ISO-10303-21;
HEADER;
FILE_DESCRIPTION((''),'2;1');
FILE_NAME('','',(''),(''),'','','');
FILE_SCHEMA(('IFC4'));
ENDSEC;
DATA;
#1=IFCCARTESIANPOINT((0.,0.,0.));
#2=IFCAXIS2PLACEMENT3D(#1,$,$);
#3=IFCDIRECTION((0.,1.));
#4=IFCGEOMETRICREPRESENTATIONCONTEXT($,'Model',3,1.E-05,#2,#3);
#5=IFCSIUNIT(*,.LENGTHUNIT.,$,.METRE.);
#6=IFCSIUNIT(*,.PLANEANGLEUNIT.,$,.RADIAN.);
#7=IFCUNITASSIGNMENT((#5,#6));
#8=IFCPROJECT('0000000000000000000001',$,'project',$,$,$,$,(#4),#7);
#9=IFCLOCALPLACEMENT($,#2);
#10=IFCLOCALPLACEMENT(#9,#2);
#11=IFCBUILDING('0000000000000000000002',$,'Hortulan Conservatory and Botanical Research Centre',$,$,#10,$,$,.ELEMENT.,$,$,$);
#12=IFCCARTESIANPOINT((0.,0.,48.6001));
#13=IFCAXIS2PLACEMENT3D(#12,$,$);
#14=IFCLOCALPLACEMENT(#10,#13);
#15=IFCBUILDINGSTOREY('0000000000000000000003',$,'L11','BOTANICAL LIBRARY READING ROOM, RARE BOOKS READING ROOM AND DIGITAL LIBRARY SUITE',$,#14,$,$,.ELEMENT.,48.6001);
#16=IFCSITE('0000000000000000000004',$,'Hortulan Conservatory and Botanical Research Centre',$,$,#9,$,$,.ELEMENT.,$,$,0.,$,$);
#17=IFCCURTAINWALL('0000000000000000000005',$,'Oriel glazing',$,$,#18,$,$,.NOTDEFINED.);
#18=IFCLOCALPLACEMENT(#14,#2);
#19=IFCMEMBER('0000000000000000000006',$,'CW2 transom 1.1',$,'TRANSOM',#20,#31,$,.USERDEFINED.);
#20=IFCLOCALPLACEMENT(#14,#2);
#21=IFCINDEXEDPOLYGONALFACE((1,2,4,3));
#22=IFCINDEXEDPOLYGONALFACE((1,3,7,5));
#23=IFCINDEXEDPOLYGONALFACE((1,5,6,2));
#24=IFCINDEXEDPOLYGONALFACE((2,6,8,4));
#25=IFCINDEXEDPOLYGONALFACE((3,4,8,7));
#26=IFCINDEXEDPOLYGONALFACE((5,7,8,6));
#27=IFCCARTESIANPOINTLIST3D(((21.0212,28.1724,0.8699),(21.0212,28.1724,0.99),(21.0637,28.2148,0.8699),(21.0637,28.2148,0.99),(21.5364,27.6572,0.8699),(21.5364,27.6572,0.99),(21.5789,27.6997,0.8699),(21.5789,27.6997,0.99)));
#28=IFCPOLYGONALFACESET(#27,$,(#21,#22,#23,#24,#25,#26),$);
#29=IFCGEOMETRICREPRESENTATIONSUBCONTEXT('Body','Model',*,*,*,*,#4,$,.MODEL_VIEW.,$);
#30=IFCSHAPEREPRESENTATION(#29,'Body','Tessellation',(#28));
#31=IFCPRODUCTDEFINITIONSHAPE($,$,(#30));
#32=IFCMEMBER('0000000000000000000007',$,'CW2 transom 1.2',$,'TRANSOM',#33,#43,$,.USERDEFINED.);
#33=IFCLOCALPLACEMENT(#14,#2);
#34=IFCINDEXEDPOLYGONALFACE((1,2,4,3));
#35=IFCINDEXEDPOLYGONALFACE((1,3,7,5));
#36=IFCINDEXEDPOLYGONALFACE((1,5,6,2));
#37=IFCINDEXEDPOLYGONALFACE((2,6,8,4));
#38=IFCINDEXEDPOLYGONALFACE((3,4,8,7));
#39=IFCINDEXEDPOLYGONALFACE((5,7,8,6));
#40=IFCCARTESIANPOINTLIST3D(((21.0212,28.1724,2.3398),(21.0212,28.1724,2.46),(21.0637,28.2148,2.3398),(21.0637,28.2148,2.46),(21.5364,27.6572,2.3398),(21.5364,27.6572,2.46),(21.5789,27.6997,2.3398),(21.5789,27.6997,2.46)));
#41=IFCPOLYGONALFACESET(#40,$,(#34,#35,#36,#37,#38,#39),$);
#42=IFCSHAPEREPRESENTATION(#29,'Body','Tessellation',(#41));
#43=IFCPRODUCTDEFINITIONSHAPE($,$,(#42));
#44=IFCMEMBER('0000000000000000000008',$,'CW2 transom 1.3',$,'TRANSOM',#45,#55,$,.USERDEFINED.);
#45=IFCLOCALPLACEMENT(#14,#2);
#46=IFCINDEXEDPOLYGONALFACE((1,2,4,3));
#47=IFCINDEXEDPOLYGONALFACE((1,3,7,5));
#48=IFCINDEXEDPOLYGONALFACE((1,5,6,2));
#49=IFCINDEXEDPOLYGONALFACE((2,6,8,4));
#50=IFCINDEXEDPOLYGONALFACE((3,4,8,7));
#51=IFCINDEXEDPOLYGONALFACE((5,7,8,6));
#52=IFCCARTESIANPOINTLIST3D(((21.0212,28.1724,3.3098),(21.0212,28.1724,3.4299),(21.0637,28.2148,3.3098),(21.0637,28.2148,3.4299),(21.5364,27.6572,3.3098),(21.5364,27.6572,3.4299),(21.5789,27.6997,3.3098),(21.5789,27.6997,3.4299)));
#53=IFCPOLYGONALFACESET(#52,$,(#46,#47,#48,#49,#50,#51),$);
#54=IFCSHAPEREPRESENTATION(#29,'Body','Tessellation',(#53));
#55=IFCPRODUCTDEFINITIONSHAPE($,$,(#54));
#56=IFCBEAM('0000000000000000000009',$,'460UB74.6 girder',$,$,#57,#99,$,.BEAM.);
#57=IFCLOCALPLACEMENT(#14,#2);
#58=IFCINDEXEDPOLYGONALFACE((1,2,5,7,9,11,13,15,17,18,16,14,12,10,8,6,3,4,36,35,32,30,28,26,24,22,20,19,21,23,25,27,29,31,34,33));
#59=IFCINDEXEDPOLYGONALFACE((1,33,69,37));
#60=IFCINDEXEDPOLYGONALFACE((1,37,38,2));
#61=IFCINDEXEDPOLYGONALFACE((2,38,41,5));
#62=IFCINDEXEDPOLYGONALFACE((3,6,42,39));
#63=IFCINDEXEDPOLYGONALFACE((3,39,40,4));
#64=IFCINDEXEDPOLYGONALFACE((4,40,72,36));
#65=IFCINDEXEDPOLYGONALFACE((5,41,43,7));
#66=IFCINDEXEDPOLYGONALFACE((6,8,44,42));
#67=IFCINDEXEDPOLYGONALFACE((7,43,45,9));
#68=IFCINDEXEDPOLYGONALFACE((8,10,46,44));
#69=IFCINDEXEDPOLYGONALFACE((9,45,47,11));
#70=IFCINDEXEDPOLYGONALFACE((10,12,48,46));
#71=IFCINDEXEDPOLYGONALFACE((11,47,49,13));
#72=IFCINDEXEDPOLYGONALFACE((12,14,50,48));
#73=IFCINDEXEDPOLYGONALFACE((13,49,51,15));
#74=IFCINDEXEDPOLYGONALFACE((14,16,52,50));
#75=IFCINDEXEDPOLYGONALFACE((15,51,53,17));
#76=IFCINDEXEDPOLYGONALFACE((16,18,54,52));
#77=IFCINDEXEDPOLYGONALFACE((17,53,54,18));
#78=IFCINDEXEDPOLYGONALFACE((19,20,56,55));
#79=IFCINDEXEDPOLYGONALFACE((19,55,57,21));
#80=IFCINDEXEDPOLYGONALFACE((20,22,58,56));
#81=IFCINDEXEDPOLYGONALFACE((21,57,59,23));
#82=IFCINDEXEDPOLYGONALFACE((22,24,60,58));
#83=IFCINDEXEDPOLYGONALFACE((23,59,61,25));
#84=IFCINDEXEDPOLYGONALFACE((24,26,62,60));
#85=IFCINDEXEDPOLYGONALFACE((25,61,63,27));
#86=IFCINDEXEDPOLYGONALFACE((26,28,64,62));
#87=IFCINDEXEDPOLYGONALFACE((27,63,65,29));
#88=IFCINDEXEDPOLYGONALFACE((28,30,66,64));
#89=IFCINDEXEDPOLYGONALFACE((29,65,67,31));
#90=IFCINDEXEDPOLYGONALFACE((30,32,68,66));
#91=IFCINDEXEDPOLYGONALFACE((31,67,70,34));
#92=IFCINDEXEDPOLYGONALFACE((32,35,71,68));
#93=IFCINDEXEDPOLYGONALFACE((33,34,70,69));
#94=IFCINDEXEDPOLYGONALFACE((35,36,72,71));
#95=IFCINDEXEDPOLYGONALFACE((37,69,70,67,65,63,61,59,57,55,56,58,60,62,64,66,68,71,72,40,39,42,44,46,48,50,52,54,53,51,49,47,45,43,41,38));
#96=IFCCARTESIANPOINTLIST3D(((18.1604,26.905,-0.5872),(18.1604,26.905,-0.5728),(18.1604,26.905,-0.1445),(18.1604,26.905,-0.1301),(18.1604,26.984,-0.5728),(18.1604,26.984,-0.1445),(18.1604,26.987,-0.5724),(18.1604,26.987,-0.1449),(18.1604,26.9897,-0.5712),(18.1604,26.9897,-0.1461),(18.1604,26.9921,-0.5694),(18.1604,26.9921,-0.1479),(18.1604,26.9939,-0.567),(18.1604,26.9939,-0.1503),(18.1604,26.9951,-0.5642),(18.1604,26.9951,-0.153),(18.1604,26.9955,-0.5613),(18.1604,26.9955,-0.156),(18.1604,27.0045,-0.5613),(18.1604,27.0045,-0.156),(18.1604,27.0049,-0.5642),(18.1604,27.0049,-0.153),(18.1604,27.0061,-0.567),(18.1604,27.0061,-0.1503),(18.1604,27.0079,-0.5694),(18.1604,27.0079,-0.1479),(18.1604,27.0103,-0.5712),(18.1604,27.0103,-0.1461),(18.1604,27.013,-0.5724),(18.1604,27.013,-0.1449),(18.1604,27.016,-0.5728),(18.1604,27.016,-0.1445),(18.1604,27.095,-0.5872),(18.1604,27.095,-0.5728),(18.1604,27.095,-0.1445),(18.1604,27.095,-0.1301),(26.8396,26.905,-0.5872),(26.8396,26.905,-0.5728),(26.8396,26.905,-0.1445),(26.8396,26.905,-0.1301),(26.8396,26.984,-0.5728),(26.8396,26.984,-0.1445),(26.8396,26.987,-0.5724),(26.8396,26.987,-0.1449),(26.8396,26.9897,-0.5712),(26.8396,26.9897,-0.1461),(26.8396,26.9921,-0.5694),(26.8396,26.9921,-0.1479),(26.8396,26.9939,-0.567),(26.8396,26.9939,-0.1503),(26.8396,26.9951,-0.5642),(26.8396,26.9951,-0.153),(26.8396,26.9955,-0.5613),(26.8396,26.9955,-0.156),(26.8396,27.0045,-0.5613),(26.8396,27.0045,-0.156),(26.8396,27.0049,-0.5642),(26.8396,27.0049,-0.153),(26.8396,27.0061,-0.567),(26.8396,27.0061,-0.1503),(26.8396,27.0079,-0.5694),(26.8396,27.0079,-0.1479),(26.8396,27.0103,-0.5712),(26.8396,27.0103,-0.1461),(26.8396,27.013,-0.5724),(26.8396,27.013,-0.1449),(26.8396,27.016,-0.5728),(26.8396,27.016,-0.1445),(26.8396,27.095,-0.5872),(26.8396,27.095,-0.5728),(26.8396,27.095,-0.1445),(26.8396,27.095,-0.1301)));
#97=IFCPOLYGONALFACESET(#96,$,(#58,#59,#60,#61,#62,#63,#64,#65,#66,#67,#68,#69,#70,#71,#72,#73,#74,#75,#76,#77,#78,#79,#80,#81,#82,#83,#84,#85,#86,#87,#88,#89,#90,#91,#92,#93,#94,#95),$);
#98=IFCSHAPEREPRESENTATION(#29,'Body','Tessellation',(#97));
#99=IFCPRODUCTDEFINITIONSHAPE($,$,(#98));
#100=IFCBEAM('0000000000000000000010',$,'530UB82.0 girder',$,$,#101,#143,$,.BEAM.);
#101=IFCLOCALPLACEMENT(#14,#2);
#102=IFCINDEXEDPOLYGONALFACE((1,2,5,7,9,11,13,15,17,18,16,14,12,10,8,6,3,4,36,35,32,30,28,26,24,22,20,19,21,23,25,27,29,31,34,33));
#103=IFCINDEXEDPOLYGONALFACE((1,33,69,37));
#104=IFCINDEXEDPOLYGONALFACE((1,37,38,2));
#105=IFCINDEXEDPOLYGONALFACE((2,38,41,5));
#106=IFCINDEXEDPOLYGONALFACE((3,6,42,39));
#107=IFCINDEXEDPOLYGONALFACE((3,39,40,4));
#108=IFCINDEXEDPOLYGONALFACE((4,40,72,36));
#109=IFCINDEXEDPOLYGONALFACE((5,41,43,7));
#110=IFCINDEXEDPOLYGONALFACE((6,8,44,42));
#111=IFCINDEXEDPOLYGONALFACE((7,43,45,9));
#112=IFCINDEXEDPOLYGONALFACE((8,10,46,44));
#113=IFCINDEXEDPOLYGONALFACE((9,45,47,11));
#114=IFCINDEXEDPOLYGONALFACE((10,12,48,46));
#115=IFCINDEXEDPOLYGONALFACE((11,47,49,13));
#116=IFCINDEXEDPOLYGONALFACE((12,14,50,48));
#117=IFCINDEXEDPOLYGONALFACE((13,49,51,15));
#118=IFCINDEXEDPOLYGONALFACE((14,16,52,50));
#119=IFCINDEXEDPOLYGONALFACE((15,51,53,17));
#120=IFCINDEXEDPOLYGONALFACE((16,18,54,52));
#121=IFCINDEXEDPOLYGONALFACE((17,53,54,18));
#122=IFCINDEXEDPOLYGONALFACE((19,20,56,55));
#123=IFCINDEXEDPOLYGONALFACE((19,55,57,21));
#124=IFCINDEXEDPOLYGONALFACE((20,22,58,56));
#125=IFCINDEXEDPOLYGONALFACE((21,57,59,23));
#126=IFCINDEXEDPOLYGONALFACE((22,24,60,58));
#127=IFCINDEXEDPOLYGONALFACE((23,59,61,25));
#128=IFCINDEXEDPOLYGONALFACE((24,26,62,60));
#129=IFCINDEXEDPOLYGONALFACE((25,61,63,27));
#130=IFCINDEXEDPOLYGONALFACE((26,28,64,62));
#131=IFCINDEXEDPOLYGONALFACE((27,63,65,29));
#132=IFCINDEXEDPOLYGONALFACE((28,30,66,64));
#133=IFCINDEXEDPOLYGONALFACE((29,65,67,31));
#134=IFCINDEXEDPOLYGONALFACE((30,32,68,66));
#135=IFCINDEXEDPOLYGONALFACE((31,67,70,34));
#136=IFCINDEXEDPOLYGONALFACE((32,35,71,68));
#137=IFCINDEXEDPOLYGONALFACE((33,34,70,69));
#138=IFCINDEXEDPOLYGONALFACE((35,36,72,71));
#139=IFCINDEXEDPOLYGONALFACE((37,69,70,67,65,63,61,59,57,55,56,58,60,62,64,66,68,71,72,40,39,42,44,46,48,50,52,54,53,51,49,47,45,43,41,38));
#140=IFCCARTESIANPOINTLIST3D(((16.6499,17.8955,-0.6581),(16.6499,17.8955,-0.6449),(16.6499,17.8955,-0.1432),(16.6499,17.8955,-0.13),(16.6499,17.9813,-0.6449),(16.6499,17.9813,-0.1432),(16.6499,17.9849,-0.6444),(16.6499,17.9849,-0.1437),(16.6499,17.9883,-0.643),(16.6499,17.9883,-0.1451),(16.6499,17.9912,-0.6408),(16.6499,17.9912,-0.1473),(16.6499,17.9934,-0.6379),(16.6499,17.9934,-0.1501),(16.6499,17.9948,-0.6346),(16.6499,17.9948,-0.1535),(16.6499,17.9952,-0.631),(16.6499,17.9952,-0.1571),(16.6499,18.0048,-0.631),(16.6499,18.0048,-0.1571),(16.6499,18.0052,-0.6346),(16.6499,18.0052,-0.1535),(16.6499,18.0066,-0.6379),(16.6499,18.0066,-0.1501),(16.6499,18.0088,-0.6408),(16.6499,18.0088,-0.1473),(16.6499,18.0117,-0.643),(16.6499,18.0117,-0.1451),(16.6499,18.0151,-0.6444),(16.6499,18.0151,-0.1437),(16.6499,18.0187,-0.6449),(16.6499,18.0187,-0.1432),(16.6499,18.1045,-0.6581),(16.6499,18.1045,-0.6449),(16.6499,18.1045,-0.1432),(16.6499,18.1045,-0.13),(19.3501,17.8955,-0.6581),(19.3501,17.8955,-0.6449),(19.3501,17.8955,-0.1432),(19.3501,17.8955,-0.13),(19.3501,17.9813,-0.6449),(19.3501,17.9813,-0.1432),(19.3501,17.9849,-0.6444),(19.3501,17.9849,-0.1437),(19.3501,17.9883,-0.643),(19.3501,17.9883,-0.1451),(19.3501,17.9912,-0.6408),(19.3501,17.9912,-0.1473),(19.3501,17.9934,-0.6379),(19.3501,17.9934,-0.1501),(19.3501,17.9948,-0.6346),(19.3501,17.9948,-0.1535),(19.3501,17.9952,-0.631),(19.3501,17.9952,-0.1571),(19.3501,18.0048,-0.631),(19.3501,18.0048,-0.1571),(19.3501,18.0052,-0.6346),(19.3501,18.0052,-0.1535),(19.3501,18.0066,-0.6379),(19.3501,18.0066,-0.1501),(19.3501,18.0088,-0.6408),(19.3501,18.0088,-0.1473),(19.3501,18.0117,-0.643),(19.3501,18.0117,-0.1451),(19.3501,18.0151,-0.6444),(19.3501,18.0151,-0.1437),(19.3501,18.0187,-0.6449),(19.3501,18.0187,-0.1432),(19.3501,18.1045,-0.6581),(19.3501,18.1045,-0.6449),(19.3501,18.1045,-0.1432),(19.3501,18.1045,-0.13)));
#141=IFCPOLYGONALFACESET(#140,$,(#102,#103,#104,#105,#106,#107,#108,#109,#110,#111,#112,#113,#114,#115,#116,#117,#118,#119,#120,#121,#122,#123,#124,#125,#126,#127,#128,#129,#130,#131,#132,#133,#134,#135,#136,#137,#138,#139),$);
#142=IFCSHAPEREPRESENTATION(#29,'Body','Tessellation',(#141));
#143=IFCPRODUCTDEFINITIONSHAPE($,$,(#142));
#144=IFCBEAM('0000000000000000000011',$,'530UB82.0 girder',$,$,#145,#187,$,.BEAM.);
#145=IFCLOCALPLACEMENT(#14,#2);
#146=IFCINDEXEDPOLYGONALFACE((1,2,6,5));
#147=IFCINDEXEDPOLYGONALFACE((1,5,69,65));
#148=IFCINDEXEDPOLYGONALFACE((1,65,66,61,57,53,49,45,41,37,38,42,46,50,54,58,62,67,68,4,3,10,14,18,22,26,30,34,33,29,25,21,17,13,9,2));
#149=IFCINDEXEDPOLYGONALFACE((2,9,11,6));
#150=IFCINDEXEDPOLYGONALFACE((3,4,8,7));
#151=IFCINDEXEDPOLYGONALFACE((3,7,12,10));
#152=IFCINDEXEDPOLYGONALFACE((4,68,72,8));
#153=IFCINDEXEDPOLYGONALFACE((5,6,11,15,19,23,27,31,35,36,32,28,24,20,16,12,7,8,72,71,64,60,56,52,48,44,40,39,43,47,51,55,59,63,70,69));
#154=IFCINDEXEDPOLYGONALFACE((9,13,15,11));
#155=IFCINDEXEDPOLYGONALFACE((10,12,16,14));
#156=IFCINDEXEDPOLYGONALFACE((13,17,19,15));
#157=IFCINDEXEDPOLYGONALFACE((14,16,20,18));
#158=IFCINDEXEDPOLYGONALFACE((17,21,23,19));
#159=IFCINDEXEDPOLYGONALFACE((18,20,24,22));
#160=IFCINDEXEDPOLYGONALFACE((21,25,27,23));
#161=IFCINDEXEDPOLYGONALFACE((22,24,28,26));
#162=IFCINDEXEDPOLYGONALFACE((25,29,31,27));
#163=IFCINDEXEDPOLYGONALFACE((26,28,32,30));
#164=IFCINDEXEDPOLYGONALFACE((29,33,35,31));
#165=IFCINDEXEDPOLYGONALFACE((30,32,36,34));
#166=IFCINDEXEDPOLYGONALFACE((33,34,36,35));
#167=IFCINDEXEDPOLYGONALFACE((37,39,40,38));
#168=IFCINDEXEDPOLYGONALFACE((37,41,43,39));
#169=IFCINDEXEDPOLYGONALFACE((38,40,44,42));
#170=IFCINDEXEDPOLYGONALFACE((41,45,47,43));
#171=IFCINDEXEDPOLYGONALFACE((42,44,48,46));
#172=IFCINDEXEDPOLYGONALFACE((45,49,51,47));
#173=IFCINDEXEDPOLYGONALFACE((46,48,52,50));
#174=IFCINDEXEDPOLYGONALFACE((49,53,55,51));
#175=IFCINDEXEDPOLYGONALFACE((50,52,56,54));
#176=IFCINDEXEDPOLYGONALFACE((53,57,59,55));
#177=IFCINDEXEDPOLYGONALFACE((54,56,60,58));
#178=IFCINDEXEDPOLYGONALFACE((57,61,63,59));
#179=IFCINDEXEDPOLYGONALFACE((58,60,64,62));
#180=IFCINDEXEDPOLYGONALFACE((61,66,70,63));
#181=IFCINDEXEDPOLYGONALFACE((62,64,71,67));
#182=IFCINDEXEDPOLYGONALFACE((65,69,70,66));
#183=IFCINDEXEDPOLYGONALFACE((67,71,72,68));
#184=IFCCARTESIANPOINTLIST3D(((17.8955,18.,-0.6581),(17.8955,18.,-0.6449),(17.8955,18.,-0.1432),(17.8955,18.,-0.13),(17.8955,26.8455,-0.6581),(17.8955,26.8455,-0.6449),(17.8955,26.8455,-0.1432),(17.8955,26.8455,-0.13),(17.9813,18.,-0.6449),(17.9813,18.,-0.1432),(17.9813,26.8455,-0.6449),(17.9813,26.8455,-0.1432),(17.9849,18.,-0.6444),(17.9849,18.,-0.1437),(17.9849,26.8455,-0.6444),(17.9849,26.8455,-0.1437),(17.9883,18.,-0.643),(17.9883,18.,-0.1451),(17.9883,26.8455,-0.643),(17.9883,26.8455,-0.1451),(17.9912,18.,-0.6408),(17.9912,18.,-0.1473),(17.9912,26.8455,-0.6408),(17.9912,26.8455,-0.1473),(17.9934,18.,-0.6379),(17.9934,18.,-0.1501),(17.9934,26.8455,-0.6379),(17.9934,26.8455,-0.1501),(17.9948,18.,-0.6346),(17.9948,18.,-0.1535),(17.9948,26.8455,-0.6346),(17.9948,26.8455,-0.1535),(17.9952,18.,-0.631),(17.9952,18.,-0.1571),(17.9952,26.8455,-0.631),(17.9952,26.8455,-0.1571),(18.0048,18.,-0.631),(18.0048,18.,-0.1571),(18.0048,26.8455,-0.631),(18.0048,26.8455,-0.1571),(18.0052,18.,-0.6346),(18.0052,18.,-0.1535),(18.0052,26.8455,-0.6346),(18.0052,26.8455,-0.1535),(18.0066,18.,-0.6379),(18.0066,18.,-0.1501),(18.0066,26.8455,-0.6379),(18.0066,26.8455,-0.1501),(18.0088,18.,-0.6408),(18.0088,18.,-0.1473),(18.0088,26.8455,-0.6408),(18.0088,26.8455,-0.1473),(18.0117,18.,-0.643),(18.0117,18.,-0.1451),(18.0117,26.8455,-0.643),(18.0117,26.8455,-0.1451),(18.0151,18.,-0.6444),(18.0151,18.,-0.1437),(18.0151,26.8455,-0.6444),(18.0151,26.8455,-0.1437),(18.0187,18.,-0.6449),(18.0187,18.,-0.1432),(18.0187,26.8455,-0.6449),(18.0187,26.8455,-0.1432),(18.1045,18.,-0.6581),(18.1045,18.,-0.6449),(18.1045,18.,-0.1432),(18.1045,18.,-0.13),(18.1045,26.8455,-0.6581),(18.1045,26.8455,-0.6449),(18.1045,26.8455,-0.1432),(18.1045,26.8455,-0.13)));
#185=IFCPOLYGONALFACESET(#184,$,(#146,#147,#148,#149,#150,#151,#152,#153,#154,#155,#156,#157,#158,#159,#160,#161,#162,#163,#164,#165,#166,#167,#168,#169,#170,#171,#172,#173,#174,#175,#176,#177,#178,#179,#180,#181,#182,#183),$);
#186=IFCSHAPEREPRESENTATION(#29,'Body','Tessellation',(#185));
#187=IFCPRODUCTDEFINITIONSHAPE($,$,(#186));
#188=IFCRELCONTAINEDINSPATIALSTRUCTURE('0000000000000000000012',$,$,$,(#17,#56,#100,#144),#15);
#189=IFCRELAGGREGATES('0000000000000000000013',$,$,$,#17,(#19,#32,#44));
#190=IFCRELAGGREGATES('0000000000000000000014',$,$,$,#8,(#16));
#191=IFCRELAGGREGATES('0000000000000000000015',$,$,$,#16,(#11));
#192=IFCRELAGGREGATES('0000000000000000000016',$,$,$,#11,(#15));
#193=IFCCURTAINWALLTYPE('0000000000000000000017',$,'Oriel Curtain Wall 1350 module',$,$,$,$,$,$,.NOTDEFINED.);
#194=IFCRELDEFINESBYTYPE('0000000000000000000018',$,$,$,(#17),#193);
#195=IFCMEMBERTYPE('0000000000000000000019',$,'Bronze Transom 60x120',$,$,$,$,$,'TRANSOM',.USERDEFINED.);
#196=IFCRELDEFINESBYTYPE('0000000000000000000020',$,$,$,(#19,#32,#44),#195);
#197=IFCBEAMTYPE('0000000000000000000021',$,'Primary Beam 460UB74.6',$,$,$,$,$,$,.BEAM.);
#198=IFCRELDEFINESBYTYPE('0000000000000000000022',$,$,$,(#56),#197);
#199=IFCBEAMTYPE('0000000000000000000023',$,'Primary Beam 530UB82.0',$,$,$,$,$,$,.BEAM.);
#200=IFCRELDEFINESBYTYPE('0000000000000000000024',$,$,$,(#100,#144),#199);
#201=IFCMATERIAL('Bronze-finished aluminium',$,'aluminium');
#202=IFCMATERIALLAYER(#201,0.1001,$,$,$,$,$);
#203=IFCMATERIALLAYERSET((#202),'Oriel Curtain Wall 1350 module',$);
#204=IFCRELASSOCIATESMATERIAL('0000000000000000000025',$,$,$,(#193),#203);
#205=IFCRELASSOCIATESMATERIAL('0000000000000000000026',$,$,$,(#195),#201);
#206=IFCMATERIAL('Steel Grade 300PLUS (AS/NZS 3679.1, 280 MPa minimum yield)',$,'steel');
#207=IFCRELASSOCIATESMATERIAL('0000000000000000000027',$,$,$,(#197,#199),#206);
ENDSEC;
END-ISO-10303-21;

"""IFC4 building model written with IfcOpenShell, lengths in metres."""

from ifc_helpers import new_model, si_unit, direction, frame, origin, origin_2d, place, context, subcontext, project, spatial, rectangle, i_section, extrude, material, layer, layer_set, material_profile, profile_set, type_object, element, aggregate, save


model = new_model("IFC4")

# Units and contexts
model_context = context("Model", 3, precision=1e-05, world=origin(), true_north=direction((0.0, 1.0)))
body_context = subcontext(model_context, "Body", "Model", "MODEL_VIEW")
ifc_project = project(units=[si_unit("LENGTHUNIT", "METRE"), si_unit("PLANEANGLEUNIT", "RADIAN")], contexts=[model_context])

# Site, building, storey
site_placement = place(None, origin())
site = spatial("IfcSite", under=ifc_project, at=site_placement, Name="Hortulan Conservatory and Botanical Research Centre", CompositionType="ELEMENT", RefElevation=0.0)
building_placement = place(site_placement, origin())
building = spatial("IfcBuilding", under=site, at=building_placement, Name="Hortulan Conservatory and Botanical Research Centre", CompositionType="ELEMENT")
storey_placement = place(building_placement, frame((0.0, 0.0, 48.6001)))
storey = spatial("IfcBuildingStorey", under=building, at=storey_placement, Name="L11", Description="BOTANICAL LIBRARY READING ROOM, RARE BOOKS READING ROOM AND DIGITAL LIBRARY SUITE", CompositionType="ELEMENT", Elevation=48.6001)

# Shared definitions
ifc_material_1 = material(Name="Steel Grade 300PLUS (AS/NZS 3679.1, 280 MPa minimum yield)", Category="steel")

# Shared definitions
ifc_material_2 = material(Name="Bronze-finished aluminium", Category="aluminium")
ifc_layer_1 = layer(ifc_material_2, 0.1001)
ifc_layer_set_1 = layer_set([ifc_layer_1], Name="Oriel Curtain Wall 1350 module")
curtain_wall_type = type_object("IfcCurtainWallType", Name="Oriel Curtain Wall 1350 module", PredefinedType="NOTDEFINED", material=ifc_layer_set_1)

# Curtain wall
curtain_wall_1_placement = place(storey_placement, origin())
curtain_wall_1 = element("IfcCurtainWall", 1, at=curtain_wall_1_placement, inside=storey, type_object=curtain_wall_type, Name="Oriel glazing", PredefinedType="NOTDEFINED")

# Members
ifc_material_profile_1 = material_profile(ifc_material_2, rectangle(XDim=0.0601, YDim=0.1201, at=origin_2d()), Name="Bronze Transom 60x120")
ifc_profile_set_1 = profile_set([ifc_material_profile_1], Name="Bronze-finished aluminium")
member_type_1 = type_object("IfcMemberType", Name="Bronze Transom 60x120", ElementType="TRANSOM", PredefinedType="USERDEFINED", material=ifc_profile_set_1)
member_1_placement = place(storey_placement, frame((21.0425, 28.1936, 0.9299), z_axis=(0.707107, -0.707107, 0.0), x_axis=(0.707107, 0.707107, 0.0)))
member_1 = element("IfcMember", 2, at=member_1_placement, type_object=member_type_1, Name="CW2 transom 1.1", ObjectType="TRANSOM", PredefinedType="USERDEFINED", context=body_context, shape_type="SweptSolid", body=[
    extrude(rectangle(XDim=0.0601, YDim=0.1201, at=origin_2d()), origin(), (0.0, 0.0, 1.0), 0.7285),
])
member_2_placement = place(storey_placement, frame((21.0425, 28.1936, 2.3999), z_axis=(0.707107, -0.707107, 0.0), x_axis=(0.707107, 0.707107, 0.0)))
member_2 = element("IfcMember", 3, at=member_2_placement, type_object=member_type_1, Name="CW2 transom 1.2", ObjectType="TRANSOM", PredefinedType="USERDEFINED", context=body_context, shape_type="SweptSolid", body=[
    extrude(rectangle(XDim=0.0601, YDim=0.1201, at=origin_2d()), origin(), (0.0, 0.0, 1.0), 0.7285),
])
member_3_placement = place(storey_placement, frame((21.0425, 28.1936, 3.3699), z_axis=(0.707107, -0.707107, 0.0), x_axis=(0.707107, 0.707107, 0.0)))
member_3 = element("IfcMember", 4, at=member_3_placement, type_object=member_type_1, Name="CW2 transom 1.3", ObjectType="TRANSOM", PredefinedType="USERDEFINED", context=body_context, shape_type="SweptSolid", body=[
    extrude(rectangle(XDim=0.0601, YDim=0.1201, at=origin_2d()), origin(), (0.0, 0.0, 1.0), 0.7285),
])

# Beams
ifc_material_profile_2 = material_profile(ifc_material_1, i_section(OverallWidth=0.1899, OverallDepth=0.457, WebThickness=0.009, FlangeThickness=0.0144, FilletRadius=0.0115, at=origin_2d()), Name="460UB74.6")
ifc_profile_set_2 = profile_set([ifc_material_profile_2], Name="Steel Grade 300PLUS (AS/NZS 3679.1, 280 MPa minimum yield)")
beam_type_1 = type_object("IfcBeamType", Name="Primary Beam 460UB74.6", PredefinedType="BEAM", material=ifc_profile_set_2)
beam_1_placement = place(storey_placement, frame((18.1604, 27.0, -0.3586), z_axis=(1.0, 0.0, 0.0), x_axis=(0.0, 1.0, 0.0)))
element("IfcBeam", 5, at=beam_1_placement, inside=storey, type_object=beam_type_1, Name="460UB74.6 girder", PredefinedType="BEAM", context=body_context, shape_type="SweptSolid", body=[
    extrude(i_section(OverallWidth=0.1899, OverallDepth=0.457, WebThickness=0.009, FlangeThickness=0.0144, FilletRadius=0.0115, at=origin_2d()), origin(), (0.0, 0.0, 1.0), 8.6792),
])
ifc_material_profile_3 = material_profile(ifc_material_1, i_section(OverallWidth=0.209, OverallDepth=0.5281, WebThickness=0.0095, FlangeThickness=0.0132, FilletRadius=0.0139, at=origin_2d()), Name="530UB82.0")
ifc_profile_set_3 = profile_set([ifc_material_profile_3], Name="Steel Grade 300PLUS (AS/NZS 3679.1, 280 MPa minimum yield)")
beam_type_2 = type_object("IfcBeamType", Name="Primary Beam 530UB82.0", PredefinedType="BEAM", material=ifc_profile_set_3)
beam_2_placement = place(storey_placement, frame((16.6499, 18.0, -0.394), z_axis=(1.0, 0.0, 0.0), x_axis=(0.0, 1.0, 0.0)))
element("IfcBeam", 6, at=beam_2_placement, inside=storey, type_object=beam_type_2, Name="530UB82.0 girder", PredefinedType="BEAM", context=body_context, shape_type="SweptSolid", body=[
    extrude(i_section(OverallWidth=0.209, OverallDepth=0.5281, WebThickness=0.0095, FlangeThickness=0.0132, FilletRadius=0.0139, at=origin_2d()), origin(), (0.0, 0.0, 1.0), 2.7002),
])
beam_3_placement = place(storey_placement, frame((18.0, 18.0, -0.394), z_axis=(0.0, 1.0, 0.0), x_axis=(-1.0, 0.0, 0.0)))
element("IfcBeam", 7, at=beam_3_placement, inside=storey, type_object=beam_type_2, Name="530UB82.0 girder", PredefinedType="BEAM", context=body_context, shape_type="SweptSolid", body=[
    extrude(i_section(OverallWidth=0.209, OverallDepth=0.5281, WebThickness=0.0095, FlangeThickness=0.0132, FilletRadius=0.0139, at=origin_2d()), origin(), (0.0, 0.0, 1.0), 8.8455),
])

aggregate(curtain_wall_1, [member_1, member_2, member_3])

save(model, "model.ifc")
